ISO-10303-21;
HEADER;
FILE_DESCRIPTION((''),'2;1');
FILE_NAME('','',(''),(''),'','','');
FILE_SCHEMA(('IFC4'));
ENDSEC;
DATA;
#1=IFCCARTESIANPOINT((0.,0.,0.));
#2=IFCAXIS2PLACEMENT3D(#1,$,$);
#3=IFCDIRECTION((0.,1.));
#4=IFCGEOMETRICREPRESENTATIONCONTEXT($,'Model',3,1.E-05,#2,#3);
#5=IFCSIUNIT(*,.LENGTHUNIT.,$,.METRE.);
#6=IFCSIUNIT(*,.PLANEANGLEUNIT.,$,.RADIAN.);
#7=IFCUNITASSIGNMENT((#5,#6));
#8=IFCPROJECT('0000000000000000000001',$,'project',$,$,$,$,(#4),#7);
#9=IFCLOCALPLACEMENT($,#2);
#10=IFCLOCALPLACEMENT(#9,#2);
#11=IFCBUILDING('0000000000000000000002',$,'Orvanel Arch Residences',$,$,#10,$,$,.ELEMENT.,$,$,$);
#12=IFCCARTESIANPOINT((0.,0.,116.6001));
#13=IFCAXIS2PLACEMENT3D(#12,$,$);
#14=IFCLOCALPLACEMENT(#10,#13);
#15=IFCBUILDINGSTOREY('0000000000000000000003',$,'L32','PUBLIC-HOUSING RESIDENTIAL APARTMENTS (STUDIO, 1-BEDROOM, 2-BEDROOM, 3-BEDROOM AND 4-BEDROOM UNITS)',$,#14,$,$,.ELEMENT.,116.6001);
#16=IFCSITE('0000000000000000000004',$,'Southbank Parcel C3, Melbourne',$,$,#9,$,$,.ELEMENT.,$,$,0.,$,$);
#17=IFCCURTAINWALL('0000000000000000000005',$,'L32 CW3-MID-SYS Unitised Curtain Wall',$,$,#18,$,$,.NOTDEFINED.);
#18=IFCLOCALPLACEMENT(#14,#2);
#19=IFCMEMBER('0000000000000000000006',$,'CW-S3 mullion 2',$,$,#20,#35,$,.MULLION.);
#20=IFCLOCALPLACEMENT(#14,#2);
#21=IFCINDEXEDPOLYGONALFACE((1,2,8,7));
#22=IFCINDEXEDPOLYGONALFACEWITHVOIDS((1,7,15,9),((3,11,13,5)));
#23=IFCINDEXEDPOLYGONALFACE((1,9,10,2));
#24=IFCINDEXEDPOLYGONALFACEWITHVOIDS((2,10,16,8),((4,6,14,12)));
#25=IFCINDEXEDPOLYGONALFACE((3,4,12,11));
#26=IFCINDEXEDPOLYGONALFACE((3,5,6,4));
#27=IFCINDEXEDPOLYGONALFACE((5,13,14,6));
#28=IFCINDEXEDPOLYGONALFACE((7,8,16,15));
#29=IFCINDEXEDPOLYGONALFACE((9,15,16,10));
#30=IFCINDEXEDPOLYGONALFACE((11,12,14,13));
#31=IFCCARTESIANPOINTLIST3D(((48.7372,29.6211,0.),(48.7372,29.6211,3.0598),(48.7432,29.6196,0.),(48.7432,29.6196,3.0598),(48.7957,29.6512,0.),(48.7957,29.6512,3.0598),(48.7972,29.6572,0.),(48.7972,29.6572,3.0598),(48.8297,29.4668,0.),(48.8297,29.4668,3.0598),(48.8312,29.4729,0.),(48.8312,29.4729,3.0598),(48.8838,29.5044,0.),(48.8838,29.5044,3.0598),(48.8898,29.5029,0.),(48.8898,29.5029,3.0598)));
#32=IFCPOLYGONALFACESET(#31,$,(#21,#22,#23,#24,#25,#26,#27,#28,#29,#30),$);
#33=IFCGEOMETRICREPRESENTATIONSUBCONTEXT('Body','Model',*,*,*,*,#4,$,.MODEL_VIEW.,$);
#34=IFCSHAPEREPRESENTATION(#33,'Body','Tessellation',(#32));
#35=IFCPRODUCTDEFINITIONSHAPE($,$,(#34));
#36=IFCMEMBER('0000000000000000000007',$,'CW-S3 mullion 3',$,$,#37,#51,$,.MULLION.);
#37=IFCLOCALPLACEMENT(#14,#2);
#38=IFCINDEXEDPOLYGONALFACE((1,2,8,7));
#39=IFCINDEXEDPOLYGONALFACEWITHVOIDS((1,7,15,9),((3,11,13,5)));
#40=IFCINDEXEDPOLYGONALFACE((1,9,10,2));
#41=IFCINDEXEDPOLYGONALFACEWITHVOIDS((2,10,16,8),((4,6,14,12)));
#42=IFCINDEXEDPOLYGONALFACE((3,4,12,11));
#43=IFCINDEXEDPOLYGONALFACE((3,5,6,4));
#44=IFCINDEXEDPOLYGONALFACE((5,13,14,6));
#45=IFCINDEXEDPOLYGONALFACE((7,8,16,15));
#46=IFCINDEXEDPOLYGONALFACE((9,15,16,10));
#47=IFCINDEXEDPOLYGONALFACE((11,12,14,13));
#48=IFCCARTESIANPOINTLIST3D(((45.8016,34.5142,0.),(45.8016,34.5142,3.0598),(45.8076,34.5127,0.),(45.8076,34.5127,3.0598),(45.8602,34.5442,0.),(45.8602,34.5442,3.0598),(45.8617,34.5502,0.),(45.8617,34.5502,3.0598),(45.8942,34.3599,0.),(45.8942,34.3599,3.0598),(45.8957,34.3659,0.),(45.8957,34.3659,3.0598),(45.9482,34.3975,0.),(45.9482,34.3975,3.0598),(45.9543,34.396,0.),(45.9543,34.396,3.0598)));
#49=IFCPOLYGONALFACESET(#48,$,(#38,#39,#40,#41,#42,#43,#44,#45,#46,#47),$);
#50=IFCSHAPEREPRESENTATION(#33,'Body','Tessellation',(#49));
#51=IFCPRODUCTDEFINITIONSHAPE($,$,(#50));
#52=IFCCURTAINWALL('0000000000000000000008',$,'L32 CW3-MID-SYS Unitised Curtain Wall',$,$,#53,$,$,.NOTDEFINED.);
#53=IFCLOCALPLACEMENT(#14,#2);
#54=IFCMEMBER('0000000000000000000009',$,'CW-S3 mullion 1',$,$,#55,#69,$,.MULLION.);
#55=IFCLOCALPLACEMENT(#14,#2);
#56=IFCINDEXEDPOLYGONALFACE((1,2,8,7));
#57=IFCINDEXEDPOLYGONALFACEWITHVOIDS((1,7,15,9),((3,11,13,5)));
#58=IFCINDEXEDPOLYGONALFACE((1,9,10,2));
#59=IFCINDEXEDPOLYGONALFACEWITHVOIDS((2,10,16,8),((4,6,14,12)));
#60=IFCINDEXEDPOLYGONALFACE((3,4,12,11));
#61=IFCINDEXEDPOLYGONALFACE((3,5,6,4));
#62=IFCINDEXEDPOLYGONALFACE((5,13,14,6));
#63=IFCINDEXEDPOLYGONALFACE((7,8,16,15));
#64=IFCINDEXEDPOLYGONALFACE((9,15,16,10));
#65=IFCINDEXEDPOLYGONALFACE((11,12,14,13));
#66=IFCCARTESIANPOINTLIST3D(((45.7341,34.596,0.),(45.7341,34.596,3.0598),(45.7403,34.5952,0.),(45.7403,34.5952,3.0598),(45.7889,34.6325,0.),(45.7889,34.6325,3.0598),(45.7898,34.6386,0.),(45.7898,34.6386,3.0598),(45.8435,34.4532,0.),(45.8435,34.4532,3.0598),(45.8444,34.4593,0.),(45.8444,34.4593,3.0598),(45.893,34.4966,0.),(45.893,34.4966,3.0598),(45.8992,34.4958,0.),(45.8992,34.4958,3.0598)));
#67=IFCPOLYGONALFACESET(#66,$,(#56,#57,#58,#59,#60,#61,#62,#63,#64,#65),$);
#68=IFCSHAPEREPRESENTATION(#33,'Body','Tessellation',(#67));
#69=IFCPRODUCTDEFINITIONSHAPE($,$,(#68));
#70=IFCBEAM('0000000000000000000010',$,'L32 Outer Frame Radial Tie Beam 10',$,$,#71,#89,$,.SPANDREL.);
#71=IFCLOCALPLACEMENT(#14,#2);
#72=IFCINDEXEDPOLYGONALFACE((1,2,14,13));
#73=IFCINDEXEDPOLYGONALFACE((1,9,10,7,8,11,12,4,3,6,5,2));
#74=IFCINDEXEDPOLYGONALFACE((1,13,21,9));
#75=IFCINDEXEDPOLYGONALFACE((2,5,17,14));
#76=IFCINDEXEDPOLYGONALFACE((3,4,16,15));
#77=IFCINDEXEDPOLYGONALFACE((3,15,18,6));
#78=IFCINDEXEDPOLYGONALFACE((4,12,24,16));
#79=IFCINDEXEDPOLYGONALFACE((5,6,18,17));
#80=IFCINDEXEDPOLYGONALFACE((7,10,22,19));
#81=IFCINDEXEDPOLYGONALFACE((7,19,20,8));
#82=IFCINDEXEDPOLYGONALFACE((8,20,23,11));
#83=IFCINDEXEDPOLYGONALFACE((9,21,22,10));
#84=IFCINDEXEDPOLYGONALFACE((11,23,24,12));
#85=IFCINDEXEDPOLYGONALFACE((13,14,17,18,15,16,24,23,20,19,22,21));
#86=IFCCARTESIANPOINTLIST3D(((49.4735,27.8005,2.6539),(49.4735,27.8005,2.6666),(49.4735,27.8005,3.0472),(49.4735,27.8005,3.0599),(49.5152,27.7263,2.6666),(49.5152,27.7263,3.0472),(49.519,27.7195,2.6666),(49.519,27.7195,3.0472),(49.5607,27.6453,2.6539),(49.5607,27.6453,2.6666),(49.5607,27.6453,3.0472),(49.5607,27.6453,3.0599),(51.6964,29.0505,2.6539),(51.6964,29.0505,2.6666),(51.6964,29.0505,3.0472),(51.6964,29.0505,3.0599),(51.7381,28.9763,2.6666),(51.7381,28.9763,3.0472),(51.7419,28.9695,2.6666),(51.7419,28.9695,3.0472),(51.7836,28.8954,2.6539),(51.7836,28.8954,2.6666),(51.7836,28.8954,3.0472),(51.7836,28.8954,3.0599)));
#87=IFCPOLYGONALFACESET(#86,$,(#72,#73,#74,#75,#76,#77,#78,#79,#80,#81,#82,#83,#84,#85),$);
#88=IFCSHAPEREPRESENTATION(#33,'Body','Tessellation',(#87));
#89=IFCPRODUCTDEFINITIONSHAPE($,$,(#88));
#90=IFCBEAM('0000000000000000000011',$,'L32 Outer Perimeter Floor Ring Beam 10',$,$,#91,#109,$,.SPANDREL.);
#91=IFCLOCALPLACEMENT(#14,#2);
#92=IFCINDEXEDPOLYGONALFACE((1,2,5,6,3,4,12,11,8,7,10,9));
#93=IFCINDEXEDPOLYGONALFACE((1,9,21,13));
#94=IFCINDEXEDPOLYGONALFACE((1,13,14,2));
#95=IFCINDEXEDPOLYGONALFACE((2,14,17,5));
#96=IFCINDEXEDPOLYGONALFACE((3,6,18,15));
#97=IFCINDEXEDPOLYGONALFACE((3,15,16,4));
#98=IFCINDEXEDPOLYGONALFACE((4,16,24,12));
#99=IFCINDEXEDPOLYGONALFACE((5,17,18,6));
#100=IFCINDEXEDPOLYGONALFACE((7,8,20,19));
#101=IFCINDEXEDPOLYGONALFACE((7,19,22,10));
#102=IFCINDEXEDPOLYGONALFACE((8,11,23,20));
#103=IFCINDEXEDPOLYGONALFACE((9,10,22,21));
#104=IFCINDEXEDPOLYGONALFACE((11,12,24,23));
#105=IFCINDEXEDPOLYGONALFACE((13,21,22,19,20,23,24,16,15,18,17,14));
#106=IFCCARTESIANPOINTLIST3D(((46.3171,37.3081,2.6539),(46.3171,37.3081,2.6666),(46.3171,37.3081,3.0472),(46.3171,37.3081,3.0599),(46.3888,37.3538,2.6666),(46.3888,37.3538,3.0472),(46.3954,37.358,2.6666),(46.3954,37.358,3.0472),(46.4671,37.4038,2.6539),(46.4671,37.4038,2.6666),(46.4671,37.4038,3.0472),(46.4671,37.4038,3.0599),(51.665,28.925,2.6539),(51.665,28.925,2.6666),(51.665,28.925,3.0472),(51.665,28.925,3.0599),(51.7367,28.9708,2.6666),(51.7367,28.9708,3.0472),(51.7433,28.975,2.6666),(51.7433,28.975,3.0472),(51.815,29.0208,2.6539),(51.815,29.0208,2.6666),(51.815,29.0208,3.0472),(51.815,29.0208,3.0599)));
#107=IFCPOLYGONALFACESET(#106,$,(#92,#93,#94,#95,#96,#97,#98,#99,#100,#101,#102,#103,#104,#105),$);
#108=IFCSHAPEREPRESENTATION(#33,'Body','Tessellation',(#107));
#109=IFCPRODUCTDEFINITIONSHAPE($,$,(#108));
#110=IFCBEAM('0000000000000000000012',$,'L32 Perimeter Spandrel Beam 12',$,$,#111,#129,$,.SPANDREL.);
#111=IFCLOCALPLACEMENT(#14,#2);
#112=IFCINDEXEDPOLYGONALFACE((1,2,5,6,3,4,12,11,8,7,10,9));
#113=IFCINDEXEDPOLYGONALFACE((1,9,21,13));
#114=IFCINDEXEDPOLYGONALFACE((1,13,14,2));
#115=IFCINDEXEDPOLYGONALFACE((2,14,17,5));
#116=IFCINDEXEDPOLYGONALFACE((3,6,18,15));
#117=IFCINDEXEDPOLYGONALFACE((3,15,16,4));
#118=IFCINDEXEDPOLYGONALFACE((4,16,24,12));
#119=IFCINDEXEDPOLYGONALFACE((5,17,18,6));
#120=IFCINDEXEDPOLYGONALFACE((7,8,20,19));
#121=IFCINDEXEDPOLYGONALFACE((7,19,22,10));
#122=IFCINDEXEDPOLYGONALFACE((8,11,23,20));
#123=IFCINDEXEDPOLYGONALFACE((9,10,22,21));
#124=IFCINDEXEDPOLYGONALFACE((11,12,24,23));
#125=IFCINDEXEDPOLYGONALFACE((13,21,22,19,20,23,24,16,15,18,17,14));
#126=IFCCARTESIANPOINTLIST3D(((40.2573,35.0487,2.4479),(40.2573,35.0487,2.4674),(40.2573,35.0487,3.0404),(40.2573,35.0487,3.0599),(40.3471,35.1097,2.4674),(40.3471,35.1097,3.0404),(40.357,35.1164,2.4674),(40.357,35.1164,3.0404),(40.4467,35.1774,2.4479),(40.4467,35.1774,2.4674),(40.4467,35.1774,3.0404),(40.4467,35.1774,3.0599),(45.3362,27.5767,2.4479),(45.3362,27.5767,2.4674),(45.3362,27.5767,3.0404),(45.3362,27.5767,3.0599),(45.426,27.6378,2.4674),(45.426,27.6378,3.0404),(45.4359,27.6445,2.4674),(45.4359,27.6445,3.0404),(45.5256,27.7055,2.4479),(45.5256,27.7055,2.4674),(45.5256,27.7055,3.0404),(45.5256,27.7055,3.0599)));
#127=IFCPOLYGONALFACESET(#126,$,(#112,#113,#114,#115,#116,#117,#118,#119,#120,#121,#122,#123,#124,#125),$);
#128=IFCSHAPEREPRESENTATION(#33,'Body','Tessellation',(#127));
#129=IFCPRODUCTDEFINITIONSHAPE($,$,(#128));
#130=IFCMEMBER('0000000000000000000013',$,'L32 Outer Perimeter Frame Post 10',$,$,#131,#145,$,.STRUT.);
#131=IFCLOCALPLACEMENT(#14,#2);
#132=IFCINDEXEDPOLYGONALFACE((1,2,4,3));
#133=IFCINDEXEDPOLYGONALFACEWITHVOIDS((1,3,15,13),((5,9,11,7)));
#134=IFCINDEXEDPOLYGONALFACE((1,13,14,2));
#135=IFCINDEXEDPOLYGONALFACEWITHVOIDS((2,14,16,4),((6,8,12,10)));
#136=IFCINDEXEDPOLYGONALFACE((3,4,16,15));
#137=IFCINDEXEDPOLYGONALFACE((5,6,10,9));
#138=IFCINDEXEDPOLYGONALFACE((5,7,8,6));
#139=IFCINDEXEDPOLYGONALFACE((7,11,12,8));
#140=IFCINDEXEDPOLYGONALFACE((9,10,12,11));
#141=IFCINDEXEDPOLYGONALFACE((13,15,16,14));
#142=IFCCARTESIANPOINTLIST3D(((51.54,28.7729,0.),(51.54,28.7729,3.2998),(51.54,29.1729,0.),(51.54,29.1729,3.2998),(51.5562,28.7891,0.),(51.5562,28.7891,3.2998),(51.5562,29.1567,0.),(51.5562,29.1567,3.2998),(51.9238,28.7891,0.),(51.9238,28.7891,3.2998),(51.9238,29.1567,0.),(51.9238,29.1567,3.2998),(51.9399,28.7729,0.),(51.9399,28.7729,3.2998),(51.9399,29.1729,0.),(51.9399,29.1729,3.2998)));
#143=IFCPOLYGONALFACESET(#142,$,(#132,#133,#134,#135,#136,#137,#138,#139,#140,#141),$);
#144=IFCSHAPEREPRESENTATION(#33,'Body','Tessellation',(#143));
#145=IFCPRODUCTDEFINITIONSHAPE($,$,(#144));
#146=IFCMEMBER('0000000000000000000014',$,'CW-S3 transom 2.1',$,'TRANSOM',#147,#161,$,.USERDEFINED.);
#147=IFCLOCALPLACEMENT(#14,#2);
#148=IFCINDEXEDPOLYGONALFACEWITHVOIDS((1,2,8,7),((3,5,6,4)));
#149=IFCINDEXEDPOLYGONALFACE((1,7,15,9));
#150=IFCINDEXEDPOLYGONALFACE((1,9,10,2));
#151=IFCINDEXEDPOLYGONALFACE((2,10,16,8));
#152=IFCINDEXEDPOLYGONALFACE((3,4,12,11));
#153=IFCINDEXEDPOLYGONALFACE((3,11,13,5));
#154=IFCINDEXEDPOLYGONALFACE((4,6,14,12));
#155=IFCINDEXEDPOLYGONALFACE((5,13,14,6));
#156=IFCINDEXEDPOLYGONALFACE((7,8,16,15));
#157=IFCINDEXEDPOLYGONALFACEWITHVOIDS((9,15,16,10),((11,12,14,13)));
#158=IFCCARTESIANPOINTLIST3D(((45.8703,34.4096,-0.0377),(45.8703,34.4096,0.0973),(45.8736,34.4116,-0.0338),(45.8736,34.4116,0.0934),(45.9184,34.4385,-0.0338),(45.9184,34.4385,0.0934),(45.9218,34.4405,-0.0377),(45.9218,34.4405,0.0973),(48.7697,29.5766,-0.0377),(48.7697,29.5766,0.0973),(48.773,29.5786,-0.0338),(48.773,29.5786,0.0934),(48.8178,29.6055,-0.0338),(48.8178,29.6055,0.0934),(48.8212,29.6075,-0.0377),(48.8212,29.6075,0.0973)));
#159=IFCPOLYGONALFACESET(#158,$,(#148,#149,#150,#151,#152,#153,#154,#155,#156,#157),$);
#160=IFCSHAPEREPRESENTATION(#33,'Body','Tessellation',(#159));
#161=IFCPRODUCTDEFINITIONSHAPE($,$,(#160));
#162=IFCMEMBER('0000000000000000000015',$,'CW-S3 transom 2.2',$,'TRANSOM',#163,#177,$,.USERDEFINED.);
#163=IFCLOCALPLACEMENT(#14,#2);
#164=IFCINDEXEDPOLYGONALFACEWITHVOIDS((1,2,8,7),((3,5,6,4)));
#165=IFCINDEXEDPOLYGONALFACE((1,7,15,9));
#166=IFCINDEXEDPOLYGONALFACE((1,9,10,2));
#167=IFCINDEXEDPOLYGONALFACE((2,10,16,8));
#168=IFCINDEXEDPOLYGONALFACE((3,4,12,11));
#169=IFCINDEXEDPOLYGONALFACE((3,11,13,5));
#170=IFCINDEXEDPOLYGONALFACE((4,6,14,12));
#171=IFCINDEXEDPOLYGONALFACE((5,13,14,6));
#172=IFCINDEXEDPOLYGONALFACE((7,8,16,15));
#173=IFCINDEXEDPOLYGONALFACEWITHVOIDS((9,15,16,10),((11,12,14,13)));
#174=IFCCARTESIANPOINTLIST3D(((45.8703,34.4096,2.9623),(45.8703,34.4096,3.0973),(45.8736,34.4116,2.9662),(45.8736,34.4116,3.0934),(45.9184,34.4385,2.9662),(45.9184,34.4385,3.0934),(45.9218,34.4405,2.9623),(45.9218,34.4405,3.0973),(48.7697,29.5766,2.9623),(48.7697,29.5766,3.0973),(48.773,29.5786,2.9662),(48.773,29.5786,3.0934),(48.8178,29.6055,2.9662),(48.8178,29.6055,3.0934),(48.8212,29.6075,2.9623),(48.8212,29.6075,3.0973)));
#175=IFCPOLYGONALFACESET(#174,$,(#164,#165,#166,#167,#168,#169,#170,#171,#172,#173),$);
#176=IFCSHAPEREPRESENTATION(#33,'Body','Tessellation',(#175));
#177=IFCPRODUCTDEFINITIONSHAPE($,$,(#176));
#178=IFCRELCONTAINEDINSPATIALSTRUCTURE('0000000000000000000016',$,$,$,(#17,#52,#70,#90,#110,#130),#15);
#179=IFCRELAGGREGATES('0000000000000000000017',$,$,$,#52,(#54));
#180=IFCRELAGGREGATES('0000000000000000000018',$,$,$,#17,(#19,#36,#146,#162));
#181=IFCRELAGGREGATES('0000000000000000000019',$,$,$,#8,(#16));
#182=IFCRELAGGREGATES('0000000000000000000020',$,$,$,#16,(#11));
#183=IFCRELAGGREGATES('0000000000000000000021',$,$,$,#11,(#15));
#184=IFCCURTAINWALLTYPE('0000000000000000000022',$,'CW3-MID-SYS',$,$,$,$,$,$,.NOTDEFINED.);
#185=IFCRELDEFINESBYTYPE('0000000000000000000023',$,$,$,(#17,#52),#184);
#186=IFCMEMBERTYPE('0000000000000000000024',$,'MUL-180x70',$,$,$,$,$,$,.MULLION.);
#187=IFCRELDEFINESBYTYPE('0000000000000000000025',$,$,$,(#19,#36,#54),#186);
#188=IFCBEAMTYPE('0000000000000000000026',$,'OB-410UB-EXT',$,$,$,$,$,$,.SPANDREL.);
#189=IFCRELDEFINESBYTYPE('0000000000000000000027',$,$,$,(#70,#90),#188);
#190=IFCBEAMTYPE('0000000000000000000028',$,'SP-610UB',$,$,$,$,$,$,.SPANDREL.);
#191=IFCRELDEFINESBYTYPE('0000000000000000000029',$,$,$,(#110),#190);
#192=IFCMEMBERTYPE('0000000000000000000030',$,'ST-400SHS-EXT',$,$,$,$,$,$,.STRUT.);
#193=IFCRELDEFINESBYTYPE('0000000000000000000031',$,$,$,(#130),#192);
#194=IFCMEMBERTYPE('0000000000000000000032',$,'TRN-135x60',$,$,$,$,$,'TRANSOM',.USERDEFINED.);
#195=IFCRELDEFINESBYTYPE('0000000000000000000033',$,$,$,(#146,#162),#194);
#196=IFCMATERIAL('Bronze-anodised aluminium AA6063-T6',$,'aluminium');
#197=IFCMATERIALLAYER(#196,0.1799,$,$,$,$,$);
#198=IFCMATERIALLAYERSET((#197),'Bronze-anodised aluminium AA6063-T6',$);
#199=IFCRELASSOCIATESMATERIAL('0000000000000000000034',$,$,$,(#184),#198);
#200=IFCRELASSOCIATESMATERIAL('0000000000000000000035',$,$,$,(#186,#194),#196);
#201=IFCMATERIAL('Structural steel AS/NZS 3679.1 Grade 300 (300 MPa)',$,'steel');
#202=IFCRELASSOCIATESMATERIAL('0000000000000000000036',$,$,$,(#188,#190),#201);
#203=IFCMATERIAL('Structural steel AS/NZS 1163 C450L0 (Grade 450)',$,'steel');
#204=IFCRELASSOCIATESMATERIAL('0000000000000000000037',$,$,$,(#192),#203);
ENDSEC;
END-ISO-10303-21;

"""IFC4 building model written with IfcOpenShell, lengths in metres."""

from ifc_helpers import new_model, si_unit, direction, frame, origin, origin_2d, place, context, subcontext, project, spatial, hollow_rectangle, i_section, extrude, material, layer, layer_set, material_profile, profile_set, type_object, element, aggregate, save


model = new_model("IFC4")

# Units and contexts
model_context = context("Model", 3, precision=1e-05, world=origin(), true_north=direction((0.0, 1.0)))
body_context = subcontext(model_context, "Body", "Model", "MODEL_VIEW")
ifc_project = project(units=[si_unit("LENGTHUNIT", "METRE"), si_unit("PLANEANGLEUNIT", "RADIAN")], contexts=[model_context])

# Site, building, storey
site_placement = place(None, origin())
site = spatial("IfcSite", under=ifc_project, at=site_placement, Name="Southbank Parcel C3, Melbourne", CompositionType="ELEMENT", RefElevation=0.0)
building_placement = place(site_placement, origin())
building = spatial("IfcBuilding", under=site, at=building_placement, Name="Orvanel Arch Residences", CompositionType="ELEMENT")
storey_placement = place(building_placement, frame((0.0, 0.0, 116.6001)))
storey = spatial("IfcBuildingStorey", under=building, at=storey_placement, Name="L32", Description="PUBLIC-HOUSING RESIDENTIAL APARTMENTS (STUDIO, 1-BEDROOM, 2-BEDROOM, 3-BEDROOM AND 4-BEDROOM UNITS)", CompositionType="ELEMENT", Elevation=116.6001)

# Shared definitions
ifc_material_1 = material(Name="Structural steel AS/NZS 1163 C450L0 (Grade 450)", Category="steel")

# Shared definitions
ifc_material_2 = material(Name="Structural steel AS/NZS 3679.1 Grade 300 (300 MPa)", Category="steel")

# Curtain wall, members
ifc_material_3 = material(Name="Bronze-anodised aluminium AA6063-T6", Category="aluminium")
ifc_layer_1 = layer(ifc_material_3, 0.1799)
ifc_layer_set_1 = layer_set([ifc_layer_1], Name="Bronze-anodised aluminium AA6063-T6")
curtain_wall_type = type_object("IfcCurtainWallType", Name="CW3-MID-SYS", PredefinedType="NOTDEFINED", material=ifc_layer_set_1)
curtain_wall_1_placement = place(storey_placement, origin())
curtain_wall_1 = element("IfcCurtainWall", 1, at=curtain_wall_1_placement, inside=storey, type_object=curtain_wall_type, Name="L32 CW3-MID-SYS Unitised Curtain Wall", PredefinedType="NOTDEFINED")
ifc_material_profile_1 = material_profile(ifc_material_3, hollow_rectangle(XDim=0.0701, YDim=0.1799, WallThickness=0.0044, at=origin_2d()), Name="ALU180x70x4.5")
ifc_profile_set_1 = profile_set([ifc_material_profile_1], Name="Bronze-anodised aluminium AA6063-T6")
member_type_1 = type_object("IfcMemberType", Name="MUL-180x70", PredefinedType="MULLION", material=ifc_profile_set_1)
member_1_placement = place(storey_placement, frame((48.8135, 29.562, 0.0), z_axis=(0.0, 0.0, 1.0), x_axis=(-0.857516, -0.514457, 0.0)))
member_1 = element("IfcMember", 2, at=member_1_placement, type_object=member_type_1, Name="CW-S3 mullion 2", PredefinedType="MULLION", context=body_context, shape_type="SweptSolid", body=[
    extrude(hollow_rectangle(XDim=0.0701, YDim=0.1799, WallThickness=0.0044, at=origin_2d()), origin(), (0.0, 0.0, 1.0), 3.0598),
])
member_2_placement = place(storey_placement, frame((45.8779, 34.4551, 0.0), z_axis=(0.0, 0.0, 1.0), x_axis=(-0.857516, -0.514457, 0.0)))
member_2 = element("IfcMember", 3, at=member_2_placement, type_object=member_type_1, Name="CW-S3 mullion 3", PredefinedType="MULLION", context=body_context, shape_type="SweptSolid", body=[
    extrude(hollow_rectangle(XDim=0.0701, YDim=0.1799, WallThickness=0.0044, at=origin_2d()), origin(), (0.0, 0.0, 1.0), 3.0598),
])

# Curtain wall, member
curtain_wall_2_placement = place(storey_placement, origin())
curtain_wall_2 = element("IfcCurtainWall", 4, at=curtain_wall_2_placement, inside=storey, type_object=curtain_wall_type, Name="L32 CW3-MID-SYS Unitised Curtain Wall", PredefinedType="NOTDEFINED")
member_3_placement = place(storey_placement, frame((45.8167, 34.5459, 0.0), z_axis=(0.0, 0.0, 1.0), x_axis=(-0.793867, -0.608092, 0.0)))
member_3 = element("IfcMember", 5, at=member_3_placement, type_object=member_type_1, Name="CW-S3 mullion 1", PredefinedType="MULLION", context=body_context, shape_type="SweptSolid", body=[
    extrude(hollow_rectangle(XDim=0.0701, YDim=0.1799, WallThickness=0.0044, at=origin_2d()), origin(), (0.0, 0.0, 1.0), 3.0598),
])
aggregate(curtain_wall_2, [member_3])

# Beams
ifc_material_profile_2 = material_profile(ifc_material_2, i_section(OverallWidth=0.178, OverallDepth=0.406, WebThickness=0.0078, FlangeThickness=0.0127, at=origin_2d()), Name="410UB59.7")
ifc_profile_set_2 = profile_set([ifc_material_profile_2], Name="Structural steel AS/NZS 3679.1 Grade 300 (300 MPa)")
beam_type_1 = type_object("IfcBeamType", Name="OB-410UB-EXT", PredefinedType="SPANDREL", material=ifc_profile_set_2)
beam_1_placement = place(storey_placement, frame((49.5171, 27.7229, 2.8569), z_axis=(0.871639, 0.490148, 0.0), x_axis=(-0.490148, 0.871639, 0.0)))
element("IfcBeam", 6, at=beam_1_placement, inside=storey, type_object=beam_type_1, Name="L32 Outer Frame Radial Tie Beam 10", PredefinedType="SPANDREL", context=body_context, shape_type="SweptSolid", body=[
    extrude(i_section(OverallWidth=0.178, OverallDepth=0.406, WebThickness=0.0078, FlangeThickness=0.0127, at=origin_2d()), origin(), (0.0, 0.0, 1.0), 2.5503),
])
beam_2_placement = place(storey_placement, frame((51.74, 28.9729, 2.8569), z_axis=(-0.537822, 0.843058, 0.0), x_axis=(-0.843058, -0.537822, 0.0)))
element("IfcBeam", 7, at=beam_2_placement, inside=storey, type_object=beam_type_1, Name="L32 Outer Perimeter Floor Ring Beam 10", PredefinedType="SPANDREL", context=body_context, shape_type="SweptSolid", body=[
    extrude(i_section(OverallWidth=0.178, OverallDepth=0.406, WebThickness=0.0078, FlangeThickness=0.0127, at=origin_2d()), origin(), (0.0, 0.0, 1.0), 9.9436),
])
ifc_material_profile_3 = material_profile(ifc_material_2, i_section(OverallWidth=0.229, OverallDepth=0.6121, WebThickness=0.012, FlangeThickness=0.0195, at=origin_2d()), Name="610UB125")
ifc_profile_set_3 = profile_set([ifc_material_profile_3], Name="Structural steel AS/NZS 3679.1 Grade 300 (300 MPa)")
beam_type_2 = type_object("IfcBeamType", Name="SP-610UB", PredefinedType="SPANDREL", material=ifc_profile_set_3)
beam_3_placement = place(storey_placement, frame((45.4309, 27.6411, 2.7539), z_axis=(-0.562155, 0.827032, 0.0), x_axis=(-0.827032, -0.562155, 0.0)))
element("IfcBeam", 8, at=beam_3_placement, inside=storey, type_object=beam_type_2, Name="L32 Perimeter Spandrel Beam 12", PredefinedType="SPANDREL", context=body_context, shape_type="SweptSolid", body=[
    extrude(i_section(OverallWidth=0.229, OverallDepth=0.6121, WebThickness=0.012, FlangeThickness=0.0195, at=origin_2d()), origin(), (0.0, 0.0, 1.0), 9.0347),
])

# Members
ifc_material_profile_4 = material_profile(ifc_material_1, hollow_rectangle(XDim=0.3999, YDim=0.3999, WallThickness=0.0161, at=origin_2d()), Name="SHS400x400x16")
ifc_profile_set_4 = profile_set([ifc_material_profile_4], Name="Structural steel AS/NZS 1163 C450L0 (Grade 450)")
member_type_2 = type_object("IfcMemberType", Name="ST-400SHS-EXT", PredefinedType="STRUT", material=ifc_profile_set_4)
member_4_placement = place(storey_placement, frame((51.74, 28.9729, 0.0), z_axis=(0.0, 0.0, 1.0), x_axis=(1.0, 0.0, 0.0)))
element("IfcMember", 9, at=member_4_placement, inside=storey, type_object=member_type_2, Name="L32 Outer Perimeter Frame Post 10", PredefinedType="STRUT", context=body_context, shape_type="SweptSolid", body=[
    extrude(hollow_rectangle(XDim=0.3999, YDim=0.3999, WallThickness=0.0161, at=origin_2d()), origin(), (0.0, 0.0, 1.0), 3.2998),
])
ifc_material_profile_5 = material_profile(ifc_material_3, hollow_rectangle(XDim=0.0601, YDim=0.135, WallThickness=0.0039, at=origin_2d()), Name="ALU135x60x4")
ifc_profile_set_5 = profile_set([ifc_material_profile_5], Name="Bronze-anodised aluminium AA6063-T6")
member_type_3 = type_object("IfcMemberType", Name="TRN-135x60", ElementType="TRANSOM", PredefinedType="USERDEFINED", material=ifc_profile_set_5)
member_5_placement = place(storey_placement, frame((48.7954, 29.592, 0.0298), z_axis=(-0.514445, 0.857524, 0.0), x_axis=(-0.857524, -0.514445, 0.0)))
member_5 = element("IfcMember", 10, at=member_5_placement, type_object=member_type_3, Name="CW-S3 transom 2.1", ObjectType="TRANSOM", PredefinedType="USERDEFINED", context=body_context, shape_type="SweptSolid", body=[
    extrude(hollow_rectangle(XDim=0.0601, YDim=0.135, WallThickness=0.0039, at=origin_2d()), origin(), (0.0, 0.0, 1.0), 5.636),
])
member_6_placement = place(storey_placement, frame((48.7954, 29.592, 3.0298), z_axis=(-0.514445, 0.857524, 0.0), x_axis=(-0.857524, -0.514445, 0.0)))
member_6 = element("IfcMember", 11, at=member_6_placement, type_object=member_type_3, Name="CW-S3 transom 2.2", ObjectType="TRANSOM", PredefinedType="USERDEFINED", context=body_context, shape_type="SweptSolid", body=[
    extrude(hollow_rectangle(XDim=0.0601, YDim=0.135, WallThickness=0.0039, at=origin_2d()), origin(), (0.0, 0.0, 1.0), 5.636),
])

aggregate(curtain_wall_1, [member_1, member_2, member_5, member_6])

save(model, "model.ifc")
